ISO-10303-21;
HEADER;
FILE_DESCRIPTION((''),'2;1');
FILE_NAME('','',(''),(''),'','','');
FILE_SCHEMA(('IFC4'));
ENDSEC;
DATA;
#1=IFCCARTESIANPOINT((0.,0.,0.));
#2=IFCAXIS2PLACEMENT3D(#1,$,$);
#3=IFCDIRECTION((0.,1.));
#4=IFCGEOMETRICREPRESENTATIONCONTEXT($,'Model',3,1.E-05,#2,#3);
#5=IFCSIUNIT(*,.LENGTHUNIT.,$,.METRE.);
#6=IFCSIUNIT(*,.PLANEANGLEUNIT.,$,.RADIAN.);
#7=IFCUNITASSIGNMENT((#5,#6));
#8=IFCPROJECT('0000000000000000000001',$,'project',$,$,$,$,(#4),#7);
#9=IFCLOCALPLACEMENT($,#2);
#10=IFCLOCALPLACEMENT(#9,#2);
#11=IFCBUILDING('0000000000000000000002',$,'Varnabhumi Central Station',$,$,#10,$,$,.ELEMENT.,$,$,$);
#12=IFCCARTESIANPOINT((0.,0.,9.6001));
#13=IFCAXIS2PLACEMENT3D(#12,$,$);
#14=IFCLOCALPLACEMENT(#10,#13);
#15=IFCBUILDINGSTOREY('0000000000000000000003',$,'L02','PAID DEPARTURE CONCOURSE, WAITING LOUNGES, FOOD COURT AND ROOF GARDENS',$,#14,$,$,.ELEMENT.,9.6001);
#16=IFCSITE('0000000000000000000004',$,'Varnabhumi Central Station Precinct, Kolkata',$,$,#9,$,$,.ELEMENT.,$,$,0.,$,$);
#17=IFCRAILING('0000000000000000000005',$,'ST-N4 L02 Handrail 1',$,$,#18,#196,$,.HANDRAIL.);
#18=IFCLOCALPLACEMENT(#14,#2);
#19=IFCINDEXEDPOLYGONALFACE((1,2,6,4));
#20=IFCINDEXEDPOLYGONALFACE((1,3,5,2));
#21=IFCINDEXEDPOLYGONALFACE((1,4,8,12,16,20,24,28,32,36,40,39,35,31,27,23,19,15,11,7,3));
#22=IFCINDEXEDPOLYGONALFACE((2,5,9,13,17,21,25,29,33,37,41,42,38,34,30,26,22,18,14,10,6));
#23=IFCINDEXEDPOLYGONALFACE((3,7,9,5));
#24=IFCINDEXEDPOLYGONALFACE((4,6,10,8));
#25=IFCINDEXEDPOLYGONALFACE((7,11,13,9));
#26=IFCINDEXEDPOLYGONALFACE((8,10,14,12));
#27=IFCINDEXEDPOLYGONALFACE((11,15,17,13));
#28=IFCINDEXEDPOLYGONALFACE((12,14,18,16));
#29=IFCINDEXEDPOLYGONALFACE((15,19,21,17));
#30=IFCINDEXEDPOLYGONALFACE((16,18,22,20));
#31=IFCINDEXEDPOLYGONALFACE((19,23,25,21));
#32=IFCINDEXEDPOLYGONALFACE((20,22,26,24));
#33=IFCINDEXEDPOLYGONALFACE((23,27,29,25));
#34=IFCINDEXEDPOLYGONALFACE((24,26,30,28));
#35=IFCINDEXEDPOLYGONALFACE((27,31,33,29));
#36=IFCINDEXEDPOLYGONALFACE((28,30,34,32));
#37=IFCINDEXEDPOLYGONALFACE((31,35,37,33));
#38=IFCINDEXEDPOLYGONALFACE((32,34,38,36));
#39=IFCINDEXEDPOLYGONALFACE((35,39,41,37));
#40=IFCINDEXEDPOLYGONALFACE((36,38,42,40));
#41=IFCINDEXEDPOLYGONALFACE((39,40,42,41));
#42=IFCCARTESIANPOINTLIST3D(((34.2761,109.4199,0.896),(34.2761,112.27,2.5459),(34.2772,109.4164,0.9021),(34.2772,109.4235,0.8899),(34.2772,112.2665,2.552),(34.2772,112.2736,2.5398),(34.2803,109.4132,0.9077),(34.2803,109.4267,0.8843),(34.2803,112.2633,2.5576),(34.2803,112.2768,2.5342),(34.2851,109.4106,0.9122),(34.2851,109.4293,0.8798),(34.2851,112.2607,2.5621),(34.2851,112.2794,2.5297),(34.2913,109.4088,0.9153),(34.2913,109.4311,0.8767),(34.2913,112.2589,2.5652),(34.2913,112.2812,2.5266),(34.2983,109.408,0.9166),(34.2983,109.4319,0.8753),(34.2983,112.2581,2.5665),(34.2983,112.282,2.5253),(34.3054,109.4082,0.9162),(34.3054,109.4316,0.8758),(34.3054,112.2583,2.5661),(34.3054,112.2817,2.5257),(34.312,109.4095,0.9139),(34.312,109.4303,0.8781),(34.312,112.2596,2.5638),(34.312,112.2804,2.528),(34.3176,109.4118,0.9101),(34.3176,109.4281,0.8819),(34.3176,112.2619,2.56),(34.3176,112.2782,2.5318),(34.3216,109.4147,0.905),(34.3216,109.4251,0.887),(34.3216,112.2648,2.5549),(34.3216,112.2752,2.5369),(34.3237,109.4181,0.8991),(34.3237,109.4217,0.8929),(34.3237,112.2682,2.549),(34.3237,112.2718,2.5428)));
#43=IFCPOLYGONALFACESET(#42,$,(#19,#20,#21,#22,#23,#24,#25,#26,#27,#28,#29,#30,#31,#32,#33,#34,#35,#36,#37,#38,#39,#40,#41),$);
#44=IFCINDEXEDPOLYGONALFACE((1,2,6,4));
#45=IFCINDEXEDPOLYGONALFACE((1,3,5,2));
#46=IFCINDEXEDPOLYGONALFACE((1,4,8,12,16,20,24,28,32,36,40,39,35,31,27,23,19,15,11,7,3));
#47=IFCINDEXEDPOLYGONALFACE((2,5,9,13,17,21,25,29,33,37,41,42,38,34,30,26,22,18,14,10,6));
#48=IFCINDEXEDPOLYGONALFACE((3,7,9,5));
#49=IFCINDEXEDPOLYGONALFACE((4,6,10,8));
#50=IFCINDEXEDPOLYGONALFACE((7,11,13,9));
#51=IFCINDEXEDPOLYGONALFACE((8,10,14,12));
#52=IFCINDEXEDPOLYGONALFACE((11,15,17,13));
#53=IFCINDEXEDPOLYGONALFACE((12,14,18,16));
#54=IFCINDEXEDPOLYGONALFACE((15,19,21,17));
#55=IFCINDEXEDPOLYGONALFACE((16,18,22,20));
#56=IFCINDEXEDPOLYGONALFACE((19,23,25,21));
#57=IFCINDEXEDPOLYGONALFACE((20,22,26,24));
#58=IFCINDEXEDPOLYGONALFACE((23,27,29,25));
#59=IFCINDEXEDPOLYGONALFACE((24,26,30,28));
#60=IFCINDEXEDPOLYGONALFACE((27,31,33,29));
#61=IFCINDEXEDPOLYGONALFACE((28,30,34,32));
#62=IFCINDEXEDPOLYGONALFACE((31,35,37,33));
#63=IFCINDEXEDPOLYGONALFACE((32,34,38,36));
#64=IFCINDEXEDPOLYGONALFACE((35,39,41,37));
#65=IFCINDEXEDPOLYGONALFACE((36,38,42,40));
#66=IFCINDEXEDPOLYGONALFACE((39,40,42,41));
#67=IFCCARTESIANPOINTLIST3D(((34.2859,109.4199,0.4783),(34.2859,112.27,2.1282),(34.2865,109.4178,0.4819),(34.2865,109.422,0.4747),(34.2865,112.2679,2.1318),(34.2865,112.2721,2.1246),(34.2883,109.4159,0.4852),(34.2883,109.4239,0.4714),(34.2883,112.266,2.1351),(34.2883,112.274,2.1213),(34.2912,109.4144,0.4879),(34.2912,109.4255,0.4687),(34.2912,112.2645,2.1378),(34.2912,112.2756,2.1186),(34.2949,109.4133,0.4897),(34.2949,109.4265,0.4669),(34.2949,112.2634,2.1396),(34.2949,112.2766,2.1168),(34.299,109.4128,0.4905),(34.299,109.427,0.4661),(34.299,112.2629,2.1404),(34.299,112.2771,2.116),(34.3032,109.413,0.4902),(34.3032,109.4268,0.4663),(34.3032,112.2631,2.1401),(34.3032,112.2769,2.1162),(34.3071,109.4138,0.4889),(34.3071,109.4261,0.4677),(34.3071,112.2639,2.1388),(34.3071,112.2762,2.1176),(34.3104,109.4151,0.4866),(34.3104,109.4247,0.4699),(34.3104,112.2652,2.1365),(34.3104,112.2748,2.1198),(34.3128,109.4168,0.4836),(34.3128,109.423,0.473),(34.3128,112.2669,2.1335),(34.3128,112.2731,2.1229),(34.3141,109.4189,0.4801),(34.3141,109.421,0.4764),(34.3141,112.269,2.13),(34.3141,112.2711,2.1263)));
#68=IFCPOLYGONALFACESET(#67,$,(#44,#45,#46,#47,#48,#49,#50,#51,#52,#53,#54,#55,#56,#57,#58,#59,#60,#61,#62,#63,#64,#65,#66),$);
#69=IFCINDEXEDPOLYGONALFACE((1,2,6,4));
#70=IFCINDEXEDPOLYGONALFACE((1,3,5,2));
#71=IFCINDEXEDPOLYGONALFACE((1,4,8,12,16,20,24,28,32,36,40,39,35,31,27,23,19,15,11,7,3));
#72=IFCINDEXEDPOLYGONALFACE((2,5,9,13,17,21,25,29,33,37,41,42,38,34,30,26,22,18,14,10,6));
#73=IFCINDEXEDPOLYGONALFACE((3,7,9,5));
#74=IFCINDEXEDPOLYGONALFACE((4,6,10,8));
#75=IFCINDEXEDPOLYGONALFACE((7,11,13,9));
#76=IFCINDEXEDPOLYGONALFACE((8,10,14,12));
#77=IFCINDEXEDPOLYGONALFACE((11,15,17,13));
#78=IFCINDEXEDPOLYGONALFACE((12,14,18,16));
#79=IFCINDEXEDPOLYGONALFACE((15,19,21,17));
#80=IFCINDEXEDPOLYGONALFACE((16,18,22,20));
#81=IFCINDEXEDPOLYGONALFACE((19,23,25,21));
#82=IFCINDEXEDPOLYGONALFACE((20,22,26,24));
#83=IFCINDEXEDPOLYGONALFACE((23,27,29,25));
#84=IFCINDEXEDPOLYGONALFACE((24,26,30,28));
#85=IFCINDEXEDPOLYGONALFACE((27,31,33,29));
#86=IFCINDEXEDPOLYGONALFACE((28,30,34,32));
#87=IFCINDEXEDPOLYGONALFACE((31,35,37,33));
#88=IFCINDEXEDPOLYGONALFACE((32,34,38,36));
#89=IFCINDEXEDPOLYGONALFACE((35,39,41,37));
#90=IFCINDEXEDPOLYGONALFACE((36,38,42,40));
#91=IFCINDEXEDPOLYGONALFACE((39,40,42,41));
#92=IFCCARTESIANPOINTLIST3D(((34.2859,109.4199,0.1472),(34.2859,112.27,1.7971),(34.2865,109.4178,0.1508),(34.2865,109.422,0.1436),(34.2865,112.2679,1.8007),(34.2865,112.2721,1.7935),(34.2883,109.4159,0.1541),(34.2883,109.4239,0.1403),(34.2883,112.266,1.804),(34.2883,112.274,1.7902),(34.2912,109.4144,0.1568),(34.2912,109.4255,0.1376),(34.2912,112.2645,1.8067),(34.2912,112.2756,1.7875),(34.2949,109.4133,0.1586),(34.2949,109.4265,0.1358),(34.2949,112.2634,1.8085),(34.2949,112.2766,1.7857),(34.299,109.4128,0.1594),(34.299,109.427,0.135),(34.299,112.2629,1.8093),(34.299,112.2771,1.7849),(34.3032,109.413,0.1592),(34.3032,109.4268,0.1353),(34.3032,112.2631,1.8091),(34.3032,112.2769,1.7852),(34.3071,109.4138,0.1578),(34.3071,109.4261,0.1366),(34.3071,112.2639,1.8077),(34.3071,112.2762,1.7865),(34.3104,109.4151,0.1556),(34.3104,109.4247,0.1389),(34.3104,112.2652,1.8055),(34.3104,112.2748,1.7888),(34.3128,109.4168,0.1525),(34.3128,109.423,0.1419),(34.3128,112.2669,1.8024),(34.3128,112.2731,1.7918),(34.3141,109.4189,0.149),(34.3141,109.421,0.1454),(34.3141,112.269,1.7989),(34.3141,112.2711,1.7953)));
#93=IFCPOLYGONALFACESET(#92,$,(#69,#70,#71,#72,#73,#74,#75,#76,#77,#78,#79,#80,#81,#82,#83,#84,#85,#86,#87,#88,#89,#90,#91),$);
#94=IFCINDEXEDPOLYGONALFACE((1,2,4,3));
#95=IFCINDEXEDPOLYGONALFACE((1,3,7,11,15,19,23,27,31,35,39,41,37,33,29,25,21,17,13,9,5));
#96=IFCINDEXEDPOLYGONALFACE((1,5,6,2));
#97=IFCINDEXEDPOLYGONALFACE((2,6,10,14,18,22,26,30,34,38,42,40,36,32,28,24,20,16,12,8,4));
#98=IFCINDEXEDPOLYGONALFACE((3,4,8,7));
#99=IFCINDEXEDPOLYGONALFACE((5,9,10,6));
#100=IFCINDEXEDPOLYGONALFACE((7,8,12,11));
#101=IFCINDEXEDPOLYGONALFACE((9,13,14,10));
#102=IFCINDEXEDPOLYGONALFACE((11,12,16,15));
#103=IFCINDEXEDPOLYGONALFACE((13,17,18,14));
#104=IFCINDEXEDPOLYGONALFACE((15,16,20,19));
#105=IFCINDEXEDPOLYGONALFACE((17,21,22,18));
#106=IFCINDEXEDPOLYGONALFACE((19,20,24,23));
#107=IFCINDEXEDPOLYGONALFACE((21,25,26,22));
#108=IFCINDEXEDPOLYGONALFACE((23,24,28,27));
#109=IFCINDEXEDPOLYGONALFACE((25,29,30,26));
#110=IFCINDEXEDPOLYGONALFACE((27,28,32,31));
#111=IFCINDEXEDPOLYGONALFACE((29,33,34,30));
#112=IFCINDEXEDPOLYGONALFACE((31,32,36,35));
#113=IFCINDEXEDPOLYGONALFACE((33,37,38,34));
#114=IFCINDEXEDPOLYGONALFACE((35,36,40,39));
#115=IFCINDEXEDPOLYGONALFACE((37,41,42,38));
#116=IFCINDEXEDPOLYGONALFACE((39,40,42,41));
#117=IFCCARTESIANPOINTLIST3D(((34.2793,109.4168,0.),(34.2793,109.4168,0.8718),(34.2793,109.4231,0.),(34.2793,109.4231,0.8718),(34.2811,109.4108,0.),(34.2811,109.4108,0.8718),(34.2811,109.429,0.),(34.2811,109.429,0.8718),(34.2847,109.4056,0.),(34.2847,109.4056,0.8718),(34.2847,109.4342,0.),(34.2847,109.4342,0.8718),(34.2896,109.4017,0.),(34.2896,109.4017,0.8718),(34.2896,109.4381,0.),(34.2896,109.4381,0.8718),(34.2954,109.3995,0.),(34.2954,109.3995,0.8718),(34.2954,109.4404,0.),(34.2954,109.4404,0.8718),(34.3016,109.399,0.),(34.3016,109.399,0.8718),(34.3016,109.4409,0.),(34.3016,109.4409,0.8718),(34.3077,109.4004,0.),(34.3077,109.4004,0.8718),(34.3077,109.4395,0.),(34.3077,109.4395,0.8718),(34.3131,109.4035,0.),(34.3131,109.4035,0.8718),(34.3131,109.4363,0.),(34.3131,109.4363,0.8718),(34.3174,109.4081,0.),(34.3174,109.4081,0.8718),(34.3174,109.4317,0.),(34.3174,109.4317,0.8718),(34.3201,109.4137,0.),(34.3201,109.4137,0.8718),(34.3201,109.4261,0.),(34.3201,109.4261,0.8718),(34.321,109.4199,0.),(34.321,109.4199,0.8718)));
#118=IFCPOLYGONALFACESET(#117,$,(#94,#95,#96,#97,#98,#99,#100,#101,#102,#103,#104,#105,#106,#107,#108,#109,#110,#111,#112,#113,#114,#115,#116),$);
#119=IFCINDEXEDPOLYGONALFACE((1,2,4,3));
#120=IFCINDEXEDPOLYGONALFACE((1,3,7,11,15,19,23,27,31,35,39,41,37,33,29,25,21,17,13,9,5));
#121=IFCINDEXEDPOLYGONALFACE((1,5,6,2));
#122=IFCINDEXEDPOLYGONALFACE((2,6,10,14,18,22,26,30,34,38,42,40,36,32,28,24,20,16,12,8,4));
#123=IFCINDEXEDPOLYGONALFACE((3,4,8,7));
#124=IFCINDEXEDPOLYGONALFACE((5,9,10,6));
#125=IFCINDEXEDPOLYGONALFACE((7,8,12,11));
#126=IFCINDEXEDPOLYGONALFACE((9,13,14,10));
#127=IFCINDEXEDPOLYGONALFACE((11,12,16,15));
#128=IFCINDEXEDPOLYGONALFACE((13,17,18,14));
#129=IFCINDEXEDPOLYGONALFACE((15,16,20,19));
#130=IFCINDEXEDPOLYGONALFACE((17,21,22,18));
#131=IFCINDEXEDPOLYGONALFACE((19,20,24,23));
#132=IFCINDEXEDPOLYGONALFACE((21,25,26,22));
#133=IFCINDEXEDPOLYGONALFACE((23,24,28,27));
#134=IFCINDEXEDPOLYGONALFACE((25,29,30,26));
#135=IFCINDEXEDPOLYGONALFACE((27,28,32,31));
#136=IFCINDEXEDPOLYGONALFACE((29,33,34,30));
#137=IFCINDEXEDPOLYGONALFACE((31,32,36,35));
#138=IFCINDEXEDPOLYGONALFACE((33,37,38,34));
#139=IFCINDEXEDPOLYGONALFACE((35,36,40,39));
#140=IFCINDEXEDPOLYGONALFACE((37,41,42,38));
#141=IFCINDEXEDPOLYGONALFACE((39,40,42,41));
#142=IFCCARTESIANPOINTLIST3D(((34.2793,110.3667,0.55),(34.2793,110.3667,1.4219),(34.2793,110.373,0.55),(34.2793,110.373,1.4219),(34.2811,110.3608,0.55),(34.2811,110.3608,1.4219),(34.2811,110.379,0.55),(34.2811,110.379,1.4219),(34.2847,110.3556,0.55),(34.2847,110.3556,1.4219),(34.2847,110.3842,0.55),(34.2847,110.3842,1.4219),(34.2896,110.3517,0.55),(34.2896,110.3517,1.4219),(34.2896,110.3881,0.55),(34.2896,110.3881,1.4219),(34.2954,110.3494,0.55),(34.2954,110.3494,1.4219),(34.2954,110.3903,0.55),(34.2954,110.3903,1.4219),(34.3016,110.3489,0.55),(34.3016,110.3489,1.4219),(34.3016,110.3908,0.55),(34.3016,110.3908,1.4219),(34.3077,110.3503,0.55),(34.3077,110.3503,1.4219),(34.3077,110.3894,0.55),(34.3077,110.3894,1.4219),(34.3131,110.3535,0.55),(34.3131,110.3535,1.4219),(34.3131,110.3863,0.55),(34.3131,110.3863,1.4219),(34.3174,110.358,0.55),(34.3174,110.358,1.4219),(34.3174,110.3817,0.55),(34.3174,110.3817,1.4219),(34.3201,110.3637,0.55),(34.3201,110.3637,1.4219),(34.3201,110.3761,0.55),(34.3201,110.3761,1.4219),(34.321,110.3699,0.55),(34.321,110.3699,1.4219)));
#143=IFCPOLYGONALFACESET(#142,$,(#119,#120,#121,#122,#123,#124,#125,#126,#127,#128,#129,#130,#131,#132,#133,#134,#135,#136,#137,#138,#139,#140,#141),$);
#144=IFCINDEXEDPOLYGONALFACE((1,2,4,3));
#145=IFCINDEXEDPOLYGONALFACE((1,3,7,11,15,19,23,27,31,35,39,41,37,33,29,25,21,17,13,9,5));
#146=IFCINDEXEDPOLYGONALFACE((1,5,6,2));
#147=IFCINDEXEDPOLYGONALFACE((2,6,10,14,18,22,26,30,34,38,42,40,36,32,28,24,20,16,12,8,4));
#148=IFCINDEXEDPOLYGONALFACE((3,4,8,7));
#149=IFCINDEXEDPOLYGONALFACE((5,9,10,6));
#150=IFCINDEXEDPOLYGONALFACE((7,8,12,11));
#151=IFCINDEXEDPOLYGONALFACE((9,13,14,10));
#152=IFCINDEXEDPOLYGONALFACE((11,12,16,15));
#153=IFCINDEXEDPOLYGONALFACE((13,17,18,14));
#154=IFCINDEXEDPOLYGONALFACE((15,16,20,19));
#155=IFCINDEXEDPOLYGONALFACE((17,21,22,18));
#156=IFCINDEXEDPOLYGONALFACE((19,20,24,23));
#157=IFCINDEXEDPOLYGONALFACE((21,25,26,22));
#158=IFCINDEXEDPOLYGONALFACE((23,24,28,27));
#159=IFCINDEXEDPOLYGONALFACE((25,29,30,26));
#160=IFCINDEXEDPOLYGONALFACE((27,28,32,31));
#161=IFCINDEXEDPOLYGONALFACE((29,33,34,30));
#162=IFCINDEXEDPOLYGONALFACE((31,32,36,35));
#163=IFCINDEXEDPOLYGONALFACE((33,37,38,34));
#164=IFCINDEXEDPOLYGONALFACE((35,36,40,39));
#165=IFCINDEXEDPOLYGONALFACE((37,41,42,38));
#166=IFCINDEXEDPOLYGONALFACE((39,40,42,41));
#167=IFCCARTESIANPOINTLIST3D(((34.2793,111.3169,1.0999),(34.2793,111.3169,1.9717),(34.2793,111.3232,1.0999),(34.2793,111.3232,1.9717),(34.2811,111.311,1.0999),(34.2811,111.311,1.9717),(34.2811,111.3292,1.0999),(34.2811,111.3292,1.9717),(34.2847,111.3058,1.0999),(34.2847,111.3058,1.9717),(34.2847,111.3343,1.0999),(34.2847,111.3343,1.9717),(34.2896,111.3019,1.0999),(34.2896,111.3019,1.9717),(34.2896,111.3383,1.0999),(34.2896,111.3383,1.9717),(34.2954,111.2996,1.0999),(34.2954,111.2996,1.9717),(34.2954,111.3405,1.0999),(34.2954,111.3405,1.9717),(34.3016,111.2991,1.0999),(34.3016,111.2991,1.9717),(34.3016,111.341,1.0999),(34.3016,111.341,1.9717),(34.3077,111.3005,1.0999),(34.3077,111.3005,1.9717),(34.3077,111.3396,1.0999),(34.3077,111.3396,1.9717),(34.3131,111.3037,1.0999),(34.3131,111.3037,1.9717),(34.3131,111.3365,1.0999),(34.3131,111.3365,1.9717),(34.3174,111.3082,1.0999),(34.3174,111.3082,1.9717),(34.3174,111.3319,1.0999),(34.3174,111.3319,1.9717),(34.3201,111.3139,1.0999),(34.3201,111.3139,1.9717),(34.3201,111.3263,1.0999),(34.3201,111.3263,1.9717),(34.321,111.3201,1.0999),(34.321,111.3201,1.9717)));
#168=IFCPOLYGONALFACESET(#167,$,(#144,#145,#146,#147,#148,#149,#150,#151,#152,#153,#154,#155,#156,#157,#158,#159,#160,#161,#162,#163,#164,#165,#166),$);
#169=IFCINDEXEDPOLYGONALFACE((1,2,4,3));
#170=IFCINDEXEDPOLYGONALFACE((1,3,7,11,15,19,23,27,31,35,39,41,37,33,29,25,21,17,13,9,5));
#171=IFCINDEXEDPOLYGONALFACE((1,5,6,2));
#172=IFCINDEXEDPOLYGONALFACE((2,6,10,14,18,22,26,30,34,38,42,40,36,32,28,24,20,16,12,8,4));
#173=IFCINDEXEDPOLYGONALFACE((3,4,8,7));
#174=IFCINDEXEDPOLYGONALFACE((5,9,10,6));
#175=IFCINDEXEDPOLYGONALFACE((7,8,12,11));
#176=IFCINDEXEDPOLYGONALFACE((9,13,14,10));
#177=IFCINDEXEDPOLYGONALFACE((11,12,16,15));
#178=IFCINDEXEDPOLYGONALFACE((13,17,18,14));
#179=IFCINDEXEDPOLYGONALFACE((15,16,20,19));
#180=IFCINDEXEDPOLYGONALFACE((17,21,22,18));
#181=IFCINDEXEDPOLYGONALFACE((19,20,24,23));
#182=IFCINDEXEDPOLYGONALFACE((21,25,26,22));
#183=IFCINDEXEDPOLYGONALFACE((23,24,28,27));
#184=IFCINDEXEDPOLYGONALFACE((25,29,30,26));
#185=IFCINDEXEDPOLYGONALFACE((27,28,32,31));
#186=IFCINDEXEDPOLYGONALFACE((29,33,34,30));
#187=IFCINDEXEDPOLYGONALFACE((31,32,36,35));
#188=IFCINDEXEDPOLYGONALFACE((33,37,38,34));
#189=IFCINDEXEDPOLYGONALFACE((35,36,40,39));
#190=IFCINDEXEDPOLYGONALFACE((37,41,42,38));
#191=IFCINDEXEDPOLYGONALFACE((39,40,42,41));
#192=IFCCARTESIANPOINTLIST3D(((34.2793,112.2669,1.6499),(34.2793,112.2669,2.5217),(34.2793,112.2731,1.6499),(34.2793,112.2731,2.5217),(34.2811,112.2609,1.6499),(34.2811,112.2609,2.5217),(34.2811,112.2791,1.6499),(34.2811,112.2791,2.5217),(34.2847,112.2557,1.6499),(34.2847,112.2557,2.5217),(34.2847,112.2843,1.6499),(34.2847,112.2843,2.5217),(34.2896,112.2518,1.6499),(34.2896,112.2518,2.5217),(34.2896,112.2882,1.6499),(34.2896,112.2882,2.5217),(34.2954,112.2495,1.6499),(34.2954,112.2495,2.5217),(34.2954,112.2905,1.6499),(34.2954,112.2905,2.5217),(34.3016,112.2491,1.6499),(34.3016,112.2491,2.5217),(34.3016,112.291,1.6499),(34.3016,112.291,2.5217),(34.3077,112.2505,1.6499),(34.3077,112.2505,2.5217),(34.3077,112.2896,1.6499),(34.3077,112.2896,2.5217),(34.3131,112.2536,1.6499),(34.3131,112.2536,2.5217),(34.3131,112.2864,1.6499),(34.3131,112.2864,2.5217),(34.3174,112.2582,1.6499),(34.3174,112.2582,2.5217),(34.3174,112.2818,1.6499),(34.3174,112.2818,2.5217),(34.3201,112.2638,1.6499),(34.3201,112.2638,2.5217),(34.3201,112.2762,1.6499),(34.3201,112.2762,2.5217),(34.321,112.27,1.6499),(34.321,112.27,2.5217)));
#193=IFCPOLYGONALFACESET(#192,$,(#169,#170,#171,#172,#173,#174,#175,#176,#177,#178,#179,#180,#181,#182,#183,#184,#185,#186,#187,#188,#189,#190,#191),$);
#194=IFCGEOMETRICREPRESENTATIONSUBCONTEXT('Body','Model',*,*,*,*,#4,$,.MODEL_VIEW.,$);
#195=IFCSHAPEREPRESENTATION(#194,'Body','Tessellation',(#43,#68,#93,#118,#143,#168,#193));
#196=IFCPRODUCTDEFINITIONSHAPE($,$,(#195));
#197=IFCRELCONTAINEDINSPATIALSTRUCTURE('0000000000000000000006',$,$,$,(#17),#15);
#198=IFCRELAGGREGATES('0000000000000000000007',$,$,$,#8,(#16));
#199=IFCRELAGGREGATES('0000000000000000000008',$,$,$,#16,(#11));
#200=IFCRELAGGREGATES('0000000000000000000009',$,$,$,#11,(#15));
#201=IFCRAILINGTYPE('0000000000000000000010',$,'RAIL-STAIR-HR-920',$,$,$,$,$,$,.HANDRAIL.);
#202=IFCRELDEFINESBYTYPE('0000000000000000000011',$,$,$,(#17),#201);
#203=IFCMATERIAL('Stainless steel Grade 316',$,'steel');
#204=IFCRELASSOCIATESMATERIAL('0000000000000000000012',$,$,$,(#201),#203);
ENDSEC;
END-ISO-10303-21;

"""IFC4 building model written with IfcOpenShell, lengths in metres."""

from ifc_helpers import new_model, si_unit, direction, frame, origin, origin_2d, place, context, subcontext, project, spatial, circle, extrude, material, type_object, element, save


model = new_model("IFC4")

# Units and contexts
model_context = context("Model", 3, precision=1e-05, world=origin(), true_north=direction((0.0, 1.0)))
body_context = subcontext(model_context, "Body", "Model", "MODEL_VIEW")
ifc_project = project(units=[si_unit("LENGTHUNIT", "METRE"), si_unit("PLANEANGLEUNIT", "RADIAN")], contexts=[model_context])

# Site, building, storey
site_placement = place(None, origin())
site = spatial("IfcSite", under=ifc_project, at=site_placement, Name="Varnabhumi Central Station Precinct, Kolkata", CompositionType="ELEMENT", RefElevation=0.0)
building_placement = place(site_placement, origin())
building = spatial("IfcBuilding", under=site, at=building_placement, Name="Varnabhumi Central Station", CompositionType="ELEMENT")
storey_placement = place(building_placement, frame((0.0, 0.0, 9.6001)))
storey = spatial("IfcBuildingStorey", under=building, at=storey_placement, Name="L02", Description="PAID DEPARTURE CONCOURSE, WAITING LOUNGES, FOOD COURT AND ROOF GARDENS", CompositionType="ELEMENT", Elevation=9.6001)

# Shared definitions
ifc_material_1 = material(Name="Stainless steel Grade 316", Category="steel")

# Railing
railing_type_1 = type_object("IfcRailingType", Name="RAIL-STAIR-HR-920", PredefinedType="HANDRAIL", material=ifc_material_1)
railing_1_placement = place(storey_placement, frame((34.3, 109.4199, 0.0)))
element("IfcRailing", 1, at=railing_1_placement, inside=storey, type_object=railing_type_1, Name="ST-N4 L02 Handrail 1", PredefinedType="HANDRAIL", context=body_context, shape_type="SweptSolid", body=[
    extrude(circle(Radius=0.0239, at=origin_2d()), frame((0.0, 0.0, 0.896), z_axis=(0.0, 0.865447, 0.501001), x_axis=(-1.0, 0.0, 0.0)), (0.0, 0.0, 1.0), 3.2932),
    extrude(circle(Radius=0.0142, at=origin_2d()), frame((0.0, 0.0, 0.4783), z_axis=(0.0, 0.865447, 0.501001), x_axis=(-1.0, 0.0, 0.0)), (0.0, 0.0, 1.0), 3.2932),
    extrude(circle(Radius=0.0142, at=origin_2d()), frame((0.0, 0.0, 0.1472), z_axis=(0.0, 0.865447, 0.501001), x_axis=(-1.0, 0.0, 0.0)), (0.0, 0.0, 1.0), 3.2932),
    extrude(circle(Radius=0.021, at=origin_2d()), origin(), (0.0, 0.0, 1.0), 0.8718),
    extrude(circle(Radius=0.021, at=origin_2d()), frame((0.0, 0.95, 0.55)), (0.0, 0.0, 1.0), 0.8718),
    extrude(circle(Radius=0.021, at=origin_2d()), frame((0.0, 1.9001, 1.0999)), (0.0, 0.0, 1.0), 0.8718),
    extrude(circle(Radius=0.021, at=origin_2d()), frame((0.0, 2.8501, 1.6499)), (0.0, 0.0, 1.0), 0.8718),
])

save(model, "model.ifc")
